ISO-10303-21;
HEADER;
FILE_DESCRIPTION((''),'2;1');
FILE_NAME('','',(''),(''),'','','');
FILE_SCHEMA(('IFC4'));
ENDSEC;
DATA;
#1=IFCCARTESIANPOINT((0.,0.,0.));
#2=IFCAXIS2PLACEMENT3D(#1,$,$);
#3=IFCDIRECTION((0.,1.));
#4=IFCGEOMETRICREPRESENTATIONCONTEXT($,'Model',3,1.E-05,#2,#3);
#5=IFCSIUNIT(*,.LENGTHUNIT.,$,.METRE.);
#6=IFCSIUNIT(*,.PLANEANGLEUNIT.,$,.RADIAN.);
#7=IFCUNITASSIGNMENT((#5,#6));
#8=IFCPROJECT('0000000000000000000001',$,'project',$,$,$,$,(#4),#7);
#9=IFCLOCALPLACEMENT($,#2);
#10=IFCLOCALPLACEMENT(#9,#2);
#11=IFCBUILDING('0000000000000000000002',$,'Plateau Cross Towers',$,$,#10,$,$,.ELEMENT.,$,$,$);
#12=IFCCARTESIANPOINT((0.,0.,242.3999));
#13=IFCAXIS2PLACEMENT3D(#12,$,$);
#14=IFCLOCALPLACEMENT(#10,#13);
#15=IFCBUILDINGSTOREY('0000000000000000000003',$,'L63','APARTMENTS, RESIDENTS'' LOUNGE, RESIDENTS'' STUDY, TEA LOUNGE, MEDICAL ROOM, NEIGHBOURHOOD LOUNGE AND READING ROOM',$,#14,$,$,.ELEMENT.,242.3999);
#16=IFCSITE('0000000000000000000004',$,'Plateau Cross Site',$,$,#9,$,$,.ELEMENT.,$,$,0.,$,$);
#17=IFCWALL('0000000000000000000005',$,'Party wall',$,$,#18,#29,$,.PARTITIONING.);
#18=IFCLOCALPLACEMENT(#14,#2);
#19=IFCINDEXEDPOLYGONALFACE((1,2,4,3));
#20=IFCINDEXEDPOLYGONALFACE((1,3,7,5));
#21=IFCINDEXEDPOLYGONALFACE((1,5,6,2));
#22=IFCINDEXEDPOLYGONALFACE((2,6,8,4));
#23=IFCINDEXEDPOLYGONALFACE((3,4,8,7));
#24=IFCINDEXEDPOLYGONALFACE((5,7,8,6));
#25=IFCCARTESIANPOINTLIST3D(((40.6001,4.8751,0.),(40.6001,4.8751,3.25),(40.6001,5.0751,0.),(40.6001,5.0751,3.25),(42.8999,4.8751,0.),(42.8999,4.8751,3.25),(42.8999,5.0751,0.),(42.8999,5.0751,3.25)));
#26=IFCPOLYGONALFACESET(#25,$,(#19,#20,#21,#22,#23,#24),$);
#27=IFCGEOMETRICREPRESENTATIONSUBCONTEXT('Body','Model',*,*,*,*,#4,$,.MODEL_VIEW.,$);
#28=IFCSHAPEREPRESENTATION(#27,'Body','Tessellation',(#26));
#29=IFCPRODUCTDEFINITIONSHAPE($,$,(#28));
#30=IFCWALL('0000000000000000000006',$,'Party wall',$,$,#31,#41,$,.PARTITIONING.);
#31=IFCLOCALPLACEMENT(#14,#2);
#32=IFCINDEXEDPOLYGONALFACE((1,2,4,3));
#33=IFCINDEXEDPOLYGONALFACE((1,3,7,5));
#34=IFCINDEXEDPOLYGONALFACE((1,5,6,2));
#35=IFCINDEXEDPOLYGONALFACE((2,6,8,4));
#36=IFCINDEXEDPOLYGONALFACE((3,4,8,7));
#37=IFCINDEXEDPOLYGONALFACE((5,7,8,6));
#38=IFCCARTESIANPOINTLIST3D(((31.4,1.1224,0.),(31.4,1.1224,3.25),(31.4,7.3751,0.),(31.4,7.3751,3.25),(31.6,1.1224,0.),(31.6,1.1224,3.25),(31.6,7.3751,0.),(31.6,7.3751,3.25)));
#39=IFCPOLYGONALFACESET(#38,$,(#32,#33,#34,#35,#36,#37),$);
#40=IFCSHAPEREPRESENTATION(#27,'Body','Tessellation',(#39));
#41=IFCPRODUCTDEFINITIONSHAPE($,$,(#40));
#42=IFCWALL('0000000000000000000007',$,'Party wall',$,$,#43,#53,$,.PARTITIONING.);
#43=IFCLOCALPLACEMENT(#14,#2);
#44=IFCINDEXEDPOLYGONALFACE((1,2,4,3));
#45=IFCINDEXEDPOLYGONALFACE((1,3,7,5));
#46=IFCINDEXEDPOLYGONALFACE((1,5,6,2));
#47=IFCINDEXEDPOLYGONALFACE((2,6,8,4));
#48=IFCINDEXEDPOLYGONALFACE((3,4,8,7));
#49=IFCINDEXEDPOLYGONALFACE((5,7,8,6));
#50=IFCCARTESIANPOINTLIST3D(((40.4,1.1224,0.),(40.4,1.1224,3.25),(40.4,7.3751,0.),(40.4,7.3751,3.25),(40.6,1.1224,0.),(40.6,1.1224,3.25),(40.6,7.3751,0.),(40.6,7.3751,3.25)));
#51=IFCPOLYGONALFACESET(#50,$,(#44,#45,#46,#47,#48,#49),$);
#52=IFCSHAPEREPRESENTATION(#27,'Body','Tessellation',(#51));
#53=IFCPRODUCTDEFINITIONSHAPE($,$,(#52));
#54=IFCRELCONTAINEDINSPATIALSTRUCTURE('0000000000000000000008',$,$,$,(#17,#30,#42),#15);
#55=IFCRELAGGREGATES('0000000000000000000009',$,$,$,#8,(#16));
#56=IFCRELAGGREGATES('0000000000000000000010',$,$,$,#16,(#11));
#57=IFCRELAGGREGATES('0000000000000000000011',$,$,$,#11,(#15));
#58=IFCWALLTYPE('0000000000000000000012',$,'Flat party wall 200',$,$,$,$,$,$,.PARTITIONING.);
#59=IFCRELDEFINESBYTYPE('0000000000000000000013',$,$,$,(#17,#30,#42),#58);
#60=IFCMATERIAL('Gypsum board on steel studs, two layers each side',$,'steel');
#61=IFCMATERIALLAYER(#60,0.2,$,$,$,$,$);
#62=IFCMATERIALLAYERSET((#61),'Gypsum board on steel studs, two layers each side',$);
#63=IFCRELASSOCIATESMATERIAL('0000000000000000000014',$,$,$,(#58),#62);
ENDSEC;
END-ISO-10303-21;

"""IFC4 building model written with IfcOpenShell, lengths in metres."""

from ifc_helpers import new_model, si_unit, direction, frame, frame_2d, origin, place, context, subcontext, project, spatial, rectangle, extrude, material, layer, layer_set, type_object, element, save


model = new_model("IFC4")

# Units and contexts
model_context = context("Model", 3, precision=1e-05, world=origin(), true_north=direction((0.0, 1.0)))
body_context = subcontext(model_context, "Body", "Model", "MODEL_VIEW")
ifc_project = project(units=[si_unit("LENGTHUNIT", "METRE"), si_unit("PLANEANGLEUNIT", "RADIAN")], contexts=[model_context])

# Site, building, storey
site_placement = place(None, origin())
site = spatial("IfcSite", under=ifc_project, at=site_placement, Name="Plateau Cross Site", CompositionType="ELEMENT", RefElevation=0.0)
building_placement = place(site_placement, origin())
building = spatial("IfcBuilding", under=site, at=building_placement, Name="Plateau Cross Towers", CompositionType="ELEMENT")
storey_placement = place(building_placement, frame((0.0, 0.0, 242.3999)))
storey = spatial("IfcBuildingStorey", under=building, at=storey_placement, Name="L63", Description="APARTMENTS, RESIDENTS' LOUNGE, RESIDENTS' STUDY, TEA LOUNGE, MEDICAL ROOM, NEIGHBOURHOOD LOUNGE AND READING ROOM", CompositionType="ELEMENT", Elevation=242.3999)

# Walls
ifc_material_1 = material(Name="Gypsum board on steel studs, two layers each side", Category="steel")
ifc_layer_1 = layer(ifc_material_1, 0.2)
ifc_layer_set_1 = layer_set([ifc_layer_1], Name="Gypsum board on steel studs, two layers each side")
wall_type_1 = type_object("IfcWallType", Name="Flat party wall 200", PredefinedType="PARTITIONING", material=ifc_layer_set_1)
wall_1_placement = place(storey_placement, frame((40.6001, 4.9751, 0.0), z_axis=(0.0, 0.0, 1.0), x_axis=(1.0, 0.0, 0.0)))
element("IfcWall", 1, at=wall_1_placement, inside=storey, type_object=wall_type_1, Name="Party wall", PredefinedType="PARTITIONING", context=body_context, shape_type="SweptSolid", body=[
    extrude(rectangle(XDim=2.2998, YDim=0.2, at=frame_2d((1.1499, 0.0))), origin(), (0.0, 0.0, 1.0), 3.25),
])
for number, where, z_axis, x_axis, name in (
    (2, (31.5, 1.1223, 0.0), (0.0, 0.0, 1.0), (0.0, 1.0, 0.0), "Party wall"),
    (3, (40.5, 1.1223, 0.0), (0.0, 0.0, 1.0), (0.0, 1.0, 0.0), "Party wall"),
):
    element("IfcWall", number, at=place(storey_placement, frame(where, z_axis=z_axis, x_axis=x_axis)), inside=storey, type_object=wall_type_1, Name=name, PredefinedType="PARTITIONING", context=body_context, shape_type="SweptSolid", body=[
        extrude(rectangle(XDim=6.2527, YDim=0.2, at=frame_2d((3.1265, 0.0))), origin(), (0.0, 0.0, 1.0), 3.25),
    ])

save(model, "model.ifc")
